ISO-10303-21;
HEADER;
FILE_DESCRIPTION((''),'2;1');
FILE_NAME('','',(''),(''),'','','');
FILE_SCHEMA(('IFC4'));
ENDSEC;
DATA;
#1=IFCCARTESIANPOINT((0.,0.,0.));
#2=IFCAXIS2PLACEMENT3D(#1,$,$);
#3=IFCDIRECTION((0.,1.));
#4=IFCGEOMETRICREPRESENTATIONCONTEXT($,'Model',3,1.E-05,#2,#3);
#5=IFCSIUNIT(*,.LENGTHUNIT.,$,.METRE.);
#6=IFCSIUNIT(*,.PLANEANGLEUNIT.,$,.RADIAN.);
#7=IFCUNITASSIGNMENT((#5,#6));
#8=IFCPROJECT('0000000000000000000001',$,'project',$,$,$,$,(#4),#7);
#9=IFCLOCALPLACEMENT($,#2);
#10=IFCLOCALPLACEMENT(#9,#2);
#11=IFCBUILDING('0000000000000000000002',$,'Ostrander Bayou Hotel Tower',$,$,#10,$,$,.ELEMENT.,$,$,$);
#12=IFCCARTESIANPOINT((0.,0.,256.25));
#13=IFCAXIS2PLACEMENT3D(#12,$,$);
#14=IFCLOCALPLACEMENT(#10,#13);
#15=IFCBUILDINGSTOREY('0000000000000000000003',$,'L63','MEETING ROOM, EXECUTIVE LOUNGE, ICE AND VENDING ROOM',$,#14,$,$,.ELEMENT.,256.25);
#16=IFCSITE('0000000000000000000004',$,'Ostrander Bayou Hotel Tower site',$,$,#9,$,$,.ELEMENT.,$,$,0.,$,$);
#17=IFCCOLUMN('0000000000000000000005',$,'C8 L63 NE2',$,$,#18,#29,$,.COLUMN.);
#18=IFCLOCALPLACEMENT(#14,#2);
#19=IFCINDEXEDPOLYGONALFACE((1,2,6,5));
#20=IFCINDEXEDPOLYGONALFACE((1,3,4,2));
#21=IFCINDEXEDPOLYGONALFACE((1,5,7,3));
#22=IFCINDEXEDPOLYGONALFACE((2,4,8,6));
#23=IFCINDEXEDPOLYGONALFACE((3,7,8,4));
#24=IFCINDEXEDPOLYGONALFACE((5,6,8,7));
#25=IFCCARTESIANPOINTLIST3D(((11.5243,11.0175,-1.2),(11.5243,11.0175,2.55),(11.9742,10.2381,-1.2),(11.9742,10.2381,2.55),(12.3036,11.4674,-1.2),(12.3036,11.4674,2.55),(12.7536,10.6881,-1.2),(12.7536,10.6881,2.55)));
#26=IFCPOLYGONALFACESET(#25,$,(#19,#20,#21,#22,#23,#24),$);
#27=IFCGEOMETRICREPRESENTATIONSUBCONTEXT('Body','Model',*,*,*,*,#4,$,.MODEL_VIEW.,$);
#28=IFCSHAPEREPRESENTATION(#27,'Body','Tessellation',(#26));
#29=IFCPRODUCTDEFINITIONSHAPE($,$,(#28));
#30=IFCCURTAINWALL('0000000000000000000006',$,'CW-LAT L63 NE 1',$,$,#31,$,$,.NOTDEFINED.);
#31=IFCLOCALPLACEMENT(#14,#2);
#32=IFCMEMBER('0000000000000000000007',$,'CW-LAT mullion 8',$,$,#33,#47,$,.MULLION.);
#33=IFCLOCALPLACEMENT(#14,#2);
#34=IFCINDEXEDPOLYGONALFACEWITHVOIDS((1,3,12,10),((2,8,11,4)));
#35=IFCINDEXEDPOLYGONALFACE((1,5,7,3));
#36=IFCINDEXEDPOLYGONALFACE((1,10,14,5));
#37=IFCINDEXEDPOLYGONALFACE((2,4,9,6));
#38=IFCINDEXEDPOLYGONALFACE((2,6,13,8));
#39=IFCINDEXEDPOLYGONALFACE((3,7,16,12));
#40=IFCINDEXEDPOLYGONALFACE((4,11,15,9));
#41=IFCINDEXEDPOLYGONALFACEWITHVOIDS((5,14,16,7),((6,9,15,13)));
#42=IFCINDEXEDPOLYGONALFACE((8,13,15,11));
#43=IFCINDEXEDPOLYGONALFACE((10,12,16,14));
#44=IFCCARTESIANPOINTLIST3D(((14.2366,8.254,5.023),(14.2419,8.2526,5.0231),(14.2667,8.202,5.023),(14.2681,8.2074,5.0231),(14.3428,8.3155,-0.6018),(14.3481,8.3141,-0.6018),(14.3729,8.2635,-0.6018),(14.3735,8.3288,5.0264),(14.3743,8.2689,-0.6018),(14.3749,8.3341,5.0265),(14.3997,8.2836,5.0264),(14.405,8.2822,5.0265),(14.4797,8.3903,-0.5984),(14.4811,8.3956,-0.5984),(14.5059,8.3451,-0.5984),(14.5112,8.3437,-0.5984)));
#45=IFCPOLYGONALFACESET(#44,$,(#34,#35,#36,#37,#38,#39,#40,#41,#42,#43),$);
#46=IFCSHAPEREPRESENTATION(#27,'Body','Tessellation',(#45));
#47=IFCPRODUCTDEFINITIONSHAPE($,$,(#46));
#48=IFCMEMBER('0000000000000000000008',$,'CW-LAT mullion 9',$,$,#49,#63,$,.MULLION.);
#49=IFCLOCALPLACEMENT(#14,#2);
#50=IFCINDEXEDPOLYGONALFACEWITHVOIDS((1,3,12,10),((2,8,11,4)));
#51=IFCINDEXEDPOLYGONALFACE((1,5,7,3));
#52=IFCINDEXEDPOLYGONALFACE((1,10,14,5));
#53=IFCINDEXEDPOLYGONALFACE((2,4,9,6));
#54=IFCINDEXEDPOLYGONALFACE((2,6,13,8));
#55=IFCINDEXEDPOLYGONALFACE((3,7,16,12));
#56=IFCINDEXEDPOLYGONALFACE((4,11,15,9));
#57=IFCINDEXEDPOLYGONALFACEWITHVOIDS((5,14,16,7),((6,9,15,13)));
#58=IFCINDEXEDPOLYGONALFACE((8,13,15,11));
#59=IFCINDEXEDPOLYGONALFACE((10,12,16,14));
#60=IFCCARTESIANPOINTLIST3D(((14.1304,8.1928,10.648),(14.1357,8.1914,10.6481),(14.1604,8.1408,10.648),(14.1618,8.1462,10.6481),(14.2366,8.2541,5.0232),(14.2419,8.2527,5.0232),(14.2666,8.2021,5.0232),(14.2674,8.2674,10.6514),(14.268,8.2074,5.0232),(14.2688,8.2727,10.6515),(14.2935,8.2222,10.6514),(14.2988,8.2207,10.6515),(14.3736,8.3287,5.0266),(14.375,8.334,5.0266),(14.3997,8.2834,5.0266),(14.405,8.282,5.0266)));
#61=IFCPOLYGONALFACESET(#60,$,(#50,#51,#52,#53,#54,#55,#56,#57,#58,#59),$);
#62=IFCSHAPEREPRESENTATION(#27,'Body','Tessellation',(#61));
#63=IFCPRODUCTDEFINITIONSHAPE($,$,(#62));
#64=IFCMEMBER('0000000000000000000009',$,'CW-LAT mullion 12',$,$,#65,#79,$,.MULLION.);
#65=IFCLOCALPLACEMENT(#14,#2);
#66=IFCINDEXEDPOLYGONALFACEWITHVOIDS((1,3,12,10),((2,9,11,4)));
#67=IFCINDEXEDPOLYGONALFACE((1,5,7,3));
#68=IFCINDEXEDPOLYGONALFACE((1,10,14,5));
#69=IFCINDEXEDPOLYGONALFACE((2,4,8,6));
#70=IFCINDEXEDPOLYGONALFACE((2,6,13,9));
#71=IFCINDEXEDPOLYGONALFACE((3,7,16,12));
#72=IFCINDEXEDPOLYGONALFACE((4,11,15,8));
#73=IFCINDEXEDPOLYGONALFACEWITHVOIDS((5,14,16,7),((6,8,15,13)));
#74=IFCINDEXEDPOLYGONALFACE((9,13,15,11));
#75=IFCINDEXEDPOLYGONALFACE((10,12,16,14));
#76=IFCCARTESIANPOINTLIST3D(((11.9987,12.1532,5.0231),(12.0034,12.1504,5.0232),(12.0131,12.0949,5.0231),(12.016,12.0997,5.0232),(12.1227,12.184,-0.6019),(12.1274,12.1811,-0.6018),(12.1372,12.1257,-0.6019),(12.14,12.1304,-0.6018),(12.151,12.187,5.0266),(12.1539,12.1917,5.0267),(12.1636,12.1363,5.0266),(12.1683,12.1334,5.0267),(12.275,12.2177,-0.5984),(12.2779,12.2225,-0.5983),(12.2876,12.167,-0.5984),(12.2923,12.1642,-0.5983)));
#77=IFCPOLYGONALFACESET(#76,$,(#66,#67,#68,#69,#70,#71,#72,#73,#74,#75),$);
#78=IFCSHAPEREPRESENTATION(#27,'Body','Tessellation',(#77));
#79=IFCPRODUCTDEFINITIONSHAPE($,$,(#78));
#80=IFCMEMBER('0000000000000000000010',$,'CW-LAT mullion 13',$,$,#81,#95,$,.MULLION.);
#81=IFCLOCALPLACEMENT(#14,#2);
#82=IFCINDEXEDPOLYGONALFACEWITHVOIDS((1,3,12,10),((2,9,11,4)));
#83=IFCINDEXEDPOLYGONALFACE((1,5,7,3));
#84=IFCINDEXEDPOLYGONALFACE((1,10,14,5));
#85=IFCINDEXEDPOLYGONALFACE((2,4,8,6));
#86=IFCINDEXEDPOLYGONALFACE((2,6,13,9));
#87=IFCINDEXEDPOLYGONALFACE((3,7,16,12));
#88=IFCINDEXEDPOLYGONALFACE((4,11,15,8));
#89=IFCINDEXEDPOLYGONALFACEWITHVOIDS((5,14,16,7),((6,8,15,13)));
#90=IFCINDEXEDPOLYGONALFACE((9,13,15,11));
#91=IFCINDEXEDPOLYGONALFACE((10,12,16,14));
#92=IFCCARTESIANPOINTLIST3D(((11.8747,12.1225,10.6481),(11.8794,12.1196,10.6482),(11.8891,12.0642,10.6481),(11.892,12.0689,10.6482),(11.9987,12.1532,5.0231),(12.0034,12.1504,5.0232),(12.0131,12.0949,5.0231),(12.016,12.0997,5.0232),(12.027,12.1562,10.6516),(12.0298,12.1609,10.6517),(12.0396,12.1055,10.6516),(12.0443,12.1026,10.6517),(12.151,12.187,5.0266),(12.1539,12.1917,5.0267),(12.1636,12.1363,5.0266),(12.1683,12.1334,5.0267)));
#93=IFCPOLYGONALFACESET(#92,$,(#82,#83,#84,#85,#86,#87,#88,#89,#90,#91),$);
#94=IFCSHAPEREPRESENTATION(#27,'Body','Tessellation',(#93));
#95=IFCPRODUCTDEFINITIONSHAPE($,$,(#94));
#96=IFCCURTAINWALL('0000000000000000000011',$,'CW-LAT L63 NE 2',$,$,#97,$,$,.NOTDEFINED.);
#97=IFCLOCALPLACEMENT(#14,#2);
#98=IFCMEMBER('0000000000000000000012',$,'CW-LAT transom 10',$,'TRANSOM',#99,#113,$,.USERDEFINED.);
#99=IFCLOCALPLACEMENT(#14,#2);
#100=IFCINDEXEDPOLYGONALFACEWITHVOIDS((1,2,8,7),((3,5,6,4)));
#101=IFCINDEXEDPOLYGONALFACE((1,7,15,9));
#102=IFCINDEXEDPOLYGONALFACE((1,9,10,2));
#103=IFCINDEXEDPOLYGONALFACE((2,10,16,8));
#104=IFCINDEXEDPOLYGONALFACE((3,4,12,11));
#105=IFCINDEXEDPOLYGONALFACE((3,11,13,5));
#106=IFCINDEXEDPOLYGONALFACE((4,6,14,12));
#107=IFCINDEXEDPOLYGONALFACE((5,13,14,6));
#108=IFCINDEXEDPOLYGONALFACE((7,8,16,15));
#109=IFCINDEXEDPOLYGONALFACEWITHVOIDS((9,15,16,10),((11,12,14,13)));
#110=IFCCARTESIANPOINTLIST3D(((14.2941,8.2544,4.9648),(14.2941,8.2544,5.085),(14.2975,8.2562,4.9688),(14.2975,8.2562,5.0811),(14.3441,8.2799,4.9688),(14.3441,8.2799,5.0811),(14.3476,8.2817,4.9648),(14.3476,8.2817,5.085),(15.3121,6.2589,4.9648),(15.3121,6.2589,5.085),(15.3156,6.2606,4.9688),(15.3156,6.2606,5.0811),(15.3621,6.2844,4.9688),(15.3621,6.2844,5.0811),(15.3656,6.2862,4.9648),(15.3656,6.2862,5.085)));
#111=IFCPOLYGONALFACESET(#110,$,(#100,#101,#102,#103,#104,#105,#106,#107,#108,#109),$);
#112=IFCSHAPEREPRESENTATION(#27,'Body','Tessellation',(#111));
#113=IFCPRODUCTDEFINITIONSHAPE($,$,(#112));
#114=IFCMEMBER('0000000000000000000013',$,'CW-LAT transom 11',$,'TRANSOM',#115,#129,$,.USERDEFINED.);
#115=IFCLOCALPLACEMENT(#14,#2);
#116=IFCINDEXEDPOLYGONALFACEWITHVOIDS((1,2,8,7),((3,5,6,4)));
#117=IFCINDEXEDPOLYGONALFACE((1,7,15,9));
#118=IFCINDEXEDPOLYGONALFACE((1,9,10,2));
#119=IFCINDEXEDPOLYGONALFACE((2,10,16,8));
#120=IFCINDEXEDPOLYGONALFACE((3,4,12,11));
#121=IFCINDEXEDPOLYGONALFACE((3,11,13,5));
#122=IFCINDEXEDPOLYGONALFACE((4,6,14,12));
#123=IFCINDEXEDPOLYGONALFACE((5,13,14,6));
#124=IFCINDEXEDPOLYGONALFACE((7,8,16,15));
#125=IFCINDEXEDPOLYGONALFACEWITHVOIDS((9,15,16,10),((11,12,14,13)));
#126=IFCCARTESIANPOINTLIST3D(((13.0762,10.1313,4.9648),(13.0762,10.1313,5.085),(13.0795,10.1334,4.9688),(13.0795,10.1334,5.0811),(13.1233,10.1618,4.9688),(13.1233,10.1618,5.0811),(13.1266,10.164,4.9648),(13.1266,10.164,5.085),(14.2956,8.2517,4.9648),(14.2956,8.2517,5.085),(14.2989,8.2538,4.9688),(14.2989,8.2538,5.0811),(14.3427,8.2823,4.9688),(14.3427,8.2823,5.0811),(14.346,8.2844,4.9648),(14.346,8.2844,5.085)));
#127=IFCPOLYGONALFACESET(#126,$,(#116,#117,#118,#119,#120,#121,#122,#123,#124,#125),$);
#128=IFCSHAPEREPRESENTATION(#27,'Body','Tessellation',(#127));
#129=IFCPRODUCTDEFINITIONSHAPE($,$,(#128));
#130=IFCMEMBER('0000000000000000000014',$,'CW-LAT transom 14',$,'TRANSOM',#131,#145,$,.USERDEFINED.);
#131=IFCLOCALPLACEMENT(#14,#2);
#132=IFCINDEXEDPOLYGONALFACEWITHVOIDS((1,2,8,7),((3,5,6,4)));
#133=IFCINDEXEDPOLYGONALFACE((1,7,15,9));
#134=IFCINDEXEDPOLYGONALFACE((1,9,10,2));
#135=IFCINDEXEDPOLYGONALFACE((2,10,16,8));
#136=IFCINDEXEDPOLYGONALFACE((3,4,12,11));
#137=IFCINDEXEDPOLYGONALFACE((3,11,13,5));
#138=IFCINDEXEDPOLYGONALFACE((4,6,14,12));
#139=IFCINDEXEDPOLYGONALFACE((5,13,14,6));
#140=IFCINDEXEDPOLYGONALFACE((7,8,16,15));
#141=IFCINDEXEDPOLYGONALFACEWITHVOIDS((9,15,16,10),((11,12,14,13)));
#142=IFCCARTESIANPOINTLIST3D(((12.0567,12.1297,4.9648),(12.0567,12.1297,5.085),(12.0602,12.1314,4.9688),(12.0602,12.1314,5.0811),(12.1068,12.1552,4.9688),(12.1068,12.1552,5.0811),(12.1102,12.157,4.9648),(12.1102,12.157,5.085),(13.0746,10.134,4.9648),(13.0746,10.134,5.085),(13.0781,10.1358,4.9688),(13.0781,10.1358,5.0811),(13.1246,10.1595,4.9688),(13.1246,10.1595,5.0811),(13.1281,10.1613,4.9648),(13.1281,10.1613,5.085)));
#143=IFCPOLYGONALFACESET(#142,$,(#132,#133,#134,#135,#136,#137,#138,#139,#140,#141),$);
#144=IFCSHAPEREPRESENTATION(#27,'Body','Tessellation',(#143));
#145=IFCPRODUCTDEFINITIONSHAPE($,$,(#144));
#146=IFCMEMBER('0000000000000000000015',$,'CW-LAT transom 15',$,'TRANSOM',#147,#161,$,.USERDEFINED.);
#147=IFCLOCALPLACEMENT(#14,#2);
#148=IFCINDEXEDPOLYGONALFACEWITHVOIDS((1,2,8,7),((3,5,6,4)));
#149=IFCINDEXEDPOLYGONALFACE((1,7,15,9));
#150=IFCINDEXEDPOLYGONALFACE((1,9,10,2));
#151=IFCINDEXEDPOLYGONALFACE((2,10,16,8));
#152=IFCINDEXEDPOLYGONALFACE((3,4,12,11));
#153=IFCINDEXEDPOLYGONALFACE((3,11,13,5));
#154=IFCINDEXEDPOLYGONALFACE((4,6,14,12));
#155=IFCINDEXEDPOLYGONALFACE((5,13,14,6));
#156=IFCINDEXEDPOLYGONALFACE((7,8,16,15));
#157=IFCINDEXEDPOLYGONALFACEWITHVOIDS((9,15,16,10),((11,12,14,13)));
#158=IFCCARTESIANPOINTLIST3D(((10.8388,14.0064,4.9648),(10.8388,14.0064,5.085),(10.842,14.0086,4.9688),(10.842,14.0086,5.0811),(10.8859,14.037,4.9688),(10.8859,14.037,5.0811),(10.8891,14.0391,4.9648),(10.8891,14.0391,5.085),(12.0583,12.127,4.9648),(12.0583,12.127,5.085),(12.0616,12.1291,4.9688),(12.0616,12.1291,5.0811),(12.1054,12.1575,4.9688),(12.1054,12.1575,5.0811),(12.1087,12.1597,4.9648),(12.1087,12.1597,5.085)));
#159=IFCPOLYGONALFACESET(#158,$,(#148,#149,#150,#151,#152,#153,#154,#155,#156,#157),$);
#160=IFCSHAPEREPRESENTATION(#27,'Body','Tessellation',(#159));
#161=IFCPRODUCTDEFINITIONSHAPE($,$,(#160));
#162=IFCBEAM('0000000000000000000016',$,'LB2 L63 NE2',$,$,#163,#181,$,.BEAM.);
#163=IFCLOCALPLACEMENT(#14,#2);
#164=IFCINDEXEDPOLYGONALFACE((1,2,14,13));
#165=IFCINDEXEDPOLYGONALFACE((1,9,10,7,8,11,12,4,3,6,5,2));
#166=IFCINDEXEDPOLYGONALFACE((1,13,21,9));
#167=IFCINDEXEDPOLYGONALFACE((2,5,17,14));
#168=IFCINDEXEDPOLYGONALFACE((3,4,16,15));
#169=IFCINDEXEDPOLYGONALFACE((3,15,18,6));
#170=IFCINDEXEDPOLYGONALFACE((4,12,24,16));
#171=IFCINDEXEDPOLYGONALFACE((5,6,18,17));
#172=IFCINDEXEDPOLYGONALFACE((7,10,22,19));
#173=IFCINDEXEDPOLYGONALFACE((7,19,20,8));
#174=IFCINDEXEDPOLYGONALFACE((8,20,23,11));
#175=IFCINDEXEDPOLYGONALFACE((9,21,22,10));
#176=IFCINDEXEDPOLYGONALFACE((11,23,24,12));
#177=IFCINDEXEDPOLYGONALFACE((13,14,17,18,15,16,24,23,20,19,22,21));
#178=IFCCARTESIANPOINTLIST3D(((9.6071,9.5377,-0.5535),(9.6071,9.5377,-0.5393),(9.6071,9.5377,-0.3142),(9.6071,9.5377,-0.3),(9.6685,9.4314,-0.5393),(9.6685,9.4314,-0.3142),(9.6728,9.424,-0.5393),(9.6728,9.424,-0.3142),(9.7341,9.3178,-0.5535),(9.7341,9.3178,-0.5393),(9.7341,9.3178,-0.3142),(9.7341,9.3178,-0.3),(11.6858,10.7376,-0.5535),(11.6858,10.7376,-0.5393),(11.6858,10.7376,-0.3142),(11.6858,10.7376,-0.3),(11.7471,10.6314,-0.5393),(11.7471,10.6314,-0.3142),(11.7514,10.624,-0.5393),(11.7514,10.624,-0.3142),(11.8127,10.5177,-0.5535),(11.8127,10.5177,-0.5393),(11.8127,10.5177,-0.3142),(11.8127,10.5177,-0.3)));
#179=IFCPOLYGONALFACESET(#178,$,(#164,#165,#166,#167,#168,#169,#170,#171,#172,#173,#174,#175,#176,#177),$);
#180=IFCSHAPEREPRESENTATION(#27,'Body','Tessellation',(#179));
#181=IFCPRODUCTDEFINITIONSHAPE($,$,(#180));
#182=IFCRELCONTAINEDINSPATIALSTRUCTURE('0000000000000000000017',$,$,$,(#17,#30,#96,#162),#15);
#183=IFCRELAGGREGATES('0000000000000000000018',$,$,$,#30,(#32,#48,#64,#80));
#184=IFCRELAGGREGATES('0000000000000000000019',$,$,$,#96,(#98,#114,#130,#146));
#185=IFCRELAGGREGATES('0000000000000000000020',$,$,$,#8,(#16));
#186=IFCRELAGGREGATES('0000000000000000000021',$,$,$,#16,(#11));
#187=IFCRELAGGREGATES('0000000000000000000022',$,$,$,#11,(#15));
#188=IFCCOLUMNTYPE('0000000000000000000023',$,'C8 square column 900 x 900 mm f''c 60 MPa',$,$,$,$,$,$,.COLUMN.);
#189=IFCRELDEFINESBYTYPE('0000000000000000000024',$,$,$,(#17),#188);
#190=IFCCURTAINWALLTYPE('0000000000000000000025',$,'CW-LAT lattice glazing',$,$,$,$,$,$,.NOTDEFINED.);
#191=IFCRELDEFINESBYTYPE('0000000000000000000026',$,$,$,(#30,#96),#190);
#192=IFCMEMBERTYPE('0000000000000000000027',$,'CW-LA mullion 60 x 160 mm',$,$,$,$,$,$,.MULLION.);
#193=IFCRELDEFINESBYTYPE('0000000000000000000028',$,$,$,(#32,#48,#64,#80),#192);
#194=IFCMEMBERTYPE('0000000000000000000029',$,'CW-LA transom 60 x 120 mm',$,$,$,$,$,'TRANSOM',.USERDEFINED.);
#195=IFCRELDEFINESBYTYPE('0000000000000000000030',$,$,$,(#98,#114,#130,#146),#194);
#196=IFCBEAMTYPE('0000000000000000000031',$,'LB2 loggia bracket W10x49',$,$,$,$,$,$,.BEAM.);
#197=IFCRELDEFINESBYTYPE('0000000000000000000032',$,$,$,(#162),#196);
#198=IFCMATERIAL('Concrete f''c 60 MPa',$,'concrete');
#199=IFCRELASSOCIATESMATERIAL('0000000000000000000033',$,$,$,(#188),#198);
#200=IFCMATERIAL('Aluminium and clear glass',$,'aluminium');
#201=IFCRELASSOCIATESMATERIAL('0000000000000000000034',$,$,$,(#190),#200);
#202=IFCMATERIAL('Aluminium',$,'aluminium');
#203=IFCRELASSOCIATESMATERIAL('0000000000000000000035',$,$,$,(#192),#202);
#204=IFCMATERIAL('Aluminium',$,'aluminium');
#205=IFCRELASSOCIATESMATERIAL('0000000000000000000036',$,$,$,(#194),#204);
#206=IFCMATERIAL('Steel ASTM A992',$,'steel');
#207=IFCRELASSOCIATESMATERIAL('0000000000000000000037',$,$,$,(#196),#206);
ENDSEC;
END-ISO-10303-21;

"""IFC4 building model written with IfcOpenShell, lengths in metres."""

from ifc_helpers import new_model, si_unit, direction, frame, origin, origin_2d, place, context, subcontext, project, spatial, rectangle, hollow_rectangle, i_section, extrude, material, material_profile, profile_set, type_object, element, aggregate, save


model = new_model("IFC4")

# Units and contexts
model_context = context("Model", 3, precision=1e-05, world=origin(), true_north=direction((0.0, 1.0)))
body_context = subcontext(model_context, "Body", "Model", "MODEL_VIEW")
ifc_project = project(units=[si_unit("LENGTHUNIT", "METRE"), si_unit("PLANEANGLEUNIT", "RADIAN")], contexts=[model_context])

# Site, building, storey
site_placement = place(None, origin())
site = spatial("IfcSite", under=ifc_project, at=site_placement, Name="Ostrander Bayou Hotel Tower site", CompositionType="ELEMENT", RefElevation=0.0)
building_placement = place(site_placement, origin())
building = spatial("IfcBuilding", under=site, at=building_placement, Name="Ostrander Bayou Hotel Tower", CompositionType="ELEMENT")
storey_placement = place(building_placement, frame((0.0, 0.0, 256.25)))
storey = spatial("IfcBuildingStorey", under=building, at=storey_placement, Name="L63", Description="MEETING ROOM, EXECUTIVE LOUNGE, ICE AND VENDING ROOM", CompositionType="ELEMENT", Elevation=256.25)

# Column
ifc_material_1 = material(Name="Concrete f'c 60 MPa", Category="concrete")
ifc_material_profile_1 = material_profile(ifc_material_1, rectangle(XDim=0.8999, YDim=0.8999, at=origin_2d()))
ifc_profile_set_1 = profile_set([ifc_material_profile_1], Name="Concrete f'c 60 MPa")
column_type = type_object("IfcColumnType", Name="C8 square column 900 x 900 mm f'c 60 MPa", PredefinedType="COLUMN", material=ifc_profile_set_1)
column_placement = place(storey_placement, frame((12.1389, 10.8528, -1.2), z_axis=(0.0, 0.0, 1.0), x_axis=(0.5, -0.866025, 0.0)))
element("IfcColumn", 1, at=column_placement, inside=storey, type_object=column_type, Name="C8 L63 NE2", PredefinedType="COLUMN", context=body_context, shape_type="SweptSolid", body=[
    extrude(rectangle(XDim=0.8999, YDim=0.8999, at=origin_2d()), origin(), (0.0, 0.0, 1.0), 3.75),
])

# Curtain walls, members
ifc_material_2 = material(Name="Aluminium and clear glass", Category="aluminium")
curtain_wall_type = type_object("IfcCurtainWallType", Name="CW-LAT lattice glazing", PredefinedType="NOTDEFINED", material=ifc_material_2)
curtain_wall_1_placement = place(storey_placement, origin())
curtain_wall_1 = element("IfcCurtainWall", 2, at=curtain_wall_1_placement, inside=storey, type_object=curtain_wall_type, Name="CW-LAT L63 NE 1", PredefinedType="NOTDEFINED")
ifc_material_3 = material(Name="Aluminium", Category="aluminium")
ifc_material_profile_2 = material_profile(ifc_material_3, hollow_rectangle(XDim=0.0601, YDim=0.1599, WallThickness=0.0039, at=origin_2d()))
ifc_profile_set_2 = profile_set([ifc_material_profile_2], Name="Aluminium")
member_type_1 = type_object("IfcMemberType", Name="CW-LA mullion 60 x 160 mm", PredefinedType="MULLION", material=ifc_profile_set_2)
member_1_placement = place(storey_placement, frame((14.427, 8.3296, -0.6001), z_axis=(-0.018876, -0.010935, 0.999762), x_axis=(0.501271, -0.86529, 0.0)))
member_1 = element("IfcMember", 3, at=member_1_placement, type_object=member_type_1, Name="CW-LAT mullion 8", PredefinedType="MULLION", context=body_context, shape_type="SweptSolid", body=[
    extrude(hollow_rectangle(XDim=0.0601, YDim=0.1599, WallThickness=0.0039, at=origin_2d()), origin(), (0.0, 0.0, 1.0), 5.6262),
])
member_2_placement = place(storey_placement, frame((14.3208, 8.2681, 5.0249), z_axis=(-0.018876, -0.010892, 0.999763), x_axis=(0.49978, -0.866152, 0.0)))
member_2 = element("IfcMember", 4, at=member_2_placement, type_object=member_type_1, Name="CW-LAT mullion 9", PredefinedType="MULLION", context=body_context, shape_type="SweptSolid", body=[
    extrude(hollow_rectangle(XDim=0.0601, YDim=0.1599, WallThickness=0.0039, at=origin_2d()), origin(), (0.0, 0.0, 1.0), 5.6262),
])
member_3_placement = place(storey_placement, frame((12.2075, 12.1741, -0.6001), z_axis=(-0.022043, -0.005467, 0.999742), x_axis=(0.240737, -0.97059, 0.0)))
member_3 = element("IfcMember", 5, at=member_3_placement, type_object=member_type_1, Name="CW-LAT mullion 12", PredefinedType="MULLION", context=body_context, shape_type="SweptSolid", body=[
    extrude(hollow_rectangle(XDim=0.0601, YDim=0.1599, WallThickness=0.0039, at=origin_2d()), origin(), (0.0, 0.0, 1.0), 5.6265),
])
member_4_placement = place(storey_placement, frame((12.0835, 12.1433, 5.0249), z_axis=(-0.022043, -0.005467, 0.999742), x_axis=(0.240737, -0.97059, 0.0)))
member_4 = element("IfcMember", 6, at=member_4_placement, type_object=member_type_1, Name="CW-LAT mullion 13", PredefinedType="MULLION", context=body_context, shape_type="SweptSolid", body=[
    extrude(hollow_rectangle(XDim=0.0601, YDim=0.1599, WallThickness=0.0039, at=origin_2d()), origin(), (0.0, 0.0, 1.0), 5.6265),
])
curtain_wall_2_placement = place(storey_placement, origin())
curtain_wall_2 = element("IfcCurtainWall", 7, at=curtain_wall_2_placement, inside=storey, type_object=curtain_wall_type, Name="CW-LAT L63 NE 2", PredefinedType="NOTDEFINED")
ifc_material_4 = material(Name="Aluminium", Category="aluminium")
ifc_material_profile_3 = material_profile(ifc_material_4, hollow_rectangle(XDim=0.0601, YDim=0.1201, WallThickness=0.0039, at=origin_2d()))
ifc_profile_set_3 = profile_set([ifc_material_profile_3], Name="Aluminium")
member_type_2 = type_object("IfcMemberType", Name="CW-LA transom 60 x 120 mm", ElementType="TRANSOM", PredefinedType="USERDEFINED", material=ifc_profile_set_3)
member_5_placement = place(storey_placement, frame((14.3208, 8.2681, 5.0249), z_axis=(0.454435, -0.89078, 0.0), x_axis=(0.89078, 0.454435, 0.0)))
member_5 = element("IfcMember", 8, at=member_5_placement, type_object=member_type_2, Name="CW-LAT transom 10", ObjectType="TRANSOM", PredefinedType="USERDEFINED", context=body_context, shape_type="SweptSolid", body=[
    extrude(hollow_rectangle(XDim=0.0601, YDim=0.1201, WallThickness=0.0039, at=origin_2d()), origin(), (0.0, 0.0, 1.0), 2.2402),
])
member_6_placement = place(storey_placement, frame((14.3208, 8.2681, 5.0249), z_axis=(-0.544272, 0.838909, 0.0), x_axis=(-0.838909, -0.544272, 0.0)))
member_6 = element("IfcMember", 9, at=member_6_placement, type_object=member_type_2, Name="CW-LAT transom 11", ObjectType="TRANSOM", PredefinedType="USERDEFINED", context=body_context, shape_type="SweptSolid", body=[
    extrude(hollow_rectangle(XDim=0.0601, YDim=0.1201, WallThickness=0.0039, at=origin_2d()), origin(), (0.0, 0.0, 1.0), 2.2405),
])
member_7_placement = place(storey_placement, frame((12.0835, 12.1433, 5.0249), z_axis=(0.454349, -0.890824, 0.0), x_axis=(0.890824, 0.454349, 0.0)))
member_7 = element("IfcMember", 10, at=member_7_placement, type_object=member_type_2, Name="CW-LAT transom 14", ObjectType="TRANSOM", PredefinedType="USERDEFINED", context=body_context, shape_type="SweptSolid", body=[
    extrude(hollow_rectangle(XDim=0.0601, YDim=0.1201, WallThickness=0.0039, at=origin_2d()), origin(), (0.0, 0.0, 1.0), 2.2402),
])
member_8_placement = place(storey_placement, frame((12.0835, 12.1433, 5.0249), z_axis=(-0.544322, 0.838877, 0.0), x_axis=(-0.838877, -0.544322, 0.0)))
member_8 = element("IfcMember", 11, at=member_8_placement, type_object=member_type_2, Name="CW-LAT transom 15", ObjectType="TRANSOM", PredefinedType="USERDEFINED", context=body_context, shape_type="SweptSolid", body=[
    extrude(hollow_rectangle(XDim=0.0601, YDim=0.1201, WallThickness=0.0039, at=origin_2d()), origin(), (0.0, 0.0, 1.0), 2.2405),
])

# Beam
ifc_material_5 = material(Name="Steel ASTM A992", Category="steel")
ifc_material_profile_4 = material_profile(ifc_material_5, i_section(OverallWidth=0.2539, OverallDepth=0.2534, WebThickness=0.0085, FlangeThickness=0.0142, at=origin_2d()))
ifc_profile_set_4 = profile_set([ifc_material_profile_4], Name="Steel ASTM A992")
beam_type_1 = type_object("IfcBeamType", Name="LB2 loggia bracket W10x49", PredefinedType="BEAM", material=ifc_profile_set_4)
beam_1_placement = place(storey_placement, frame((11.7493, 10.6277, -0.4268), z_axis=(-0.86605, -0.499957, 0.0), x_axis=(0.499957, -0.86605, 0.0)))
element("IfcBeam", 12, at=beam_1_placement, inside=storey, type_object=beam_type_1, Name="LB2 L63 NE2", PredefinedType="BEAM", context=body_context, shape_type="SweptSolid", body=[
    extrude(i_section(OverallWidth=0.2539, OverallDepth=0.2534, WebThickness=0.0085, FlangeThickness=0.0142, at=origin_2d()), origin(), (0.0, 0.0, 1.0), 2.4001),
])

aggregate(curtain_wall_1, [member_1, member_2, member_3, member_4])
aggregate(curtain_wall_2, [member_5, member_6, member_7, member_8])

save(model, "model.ifc")
